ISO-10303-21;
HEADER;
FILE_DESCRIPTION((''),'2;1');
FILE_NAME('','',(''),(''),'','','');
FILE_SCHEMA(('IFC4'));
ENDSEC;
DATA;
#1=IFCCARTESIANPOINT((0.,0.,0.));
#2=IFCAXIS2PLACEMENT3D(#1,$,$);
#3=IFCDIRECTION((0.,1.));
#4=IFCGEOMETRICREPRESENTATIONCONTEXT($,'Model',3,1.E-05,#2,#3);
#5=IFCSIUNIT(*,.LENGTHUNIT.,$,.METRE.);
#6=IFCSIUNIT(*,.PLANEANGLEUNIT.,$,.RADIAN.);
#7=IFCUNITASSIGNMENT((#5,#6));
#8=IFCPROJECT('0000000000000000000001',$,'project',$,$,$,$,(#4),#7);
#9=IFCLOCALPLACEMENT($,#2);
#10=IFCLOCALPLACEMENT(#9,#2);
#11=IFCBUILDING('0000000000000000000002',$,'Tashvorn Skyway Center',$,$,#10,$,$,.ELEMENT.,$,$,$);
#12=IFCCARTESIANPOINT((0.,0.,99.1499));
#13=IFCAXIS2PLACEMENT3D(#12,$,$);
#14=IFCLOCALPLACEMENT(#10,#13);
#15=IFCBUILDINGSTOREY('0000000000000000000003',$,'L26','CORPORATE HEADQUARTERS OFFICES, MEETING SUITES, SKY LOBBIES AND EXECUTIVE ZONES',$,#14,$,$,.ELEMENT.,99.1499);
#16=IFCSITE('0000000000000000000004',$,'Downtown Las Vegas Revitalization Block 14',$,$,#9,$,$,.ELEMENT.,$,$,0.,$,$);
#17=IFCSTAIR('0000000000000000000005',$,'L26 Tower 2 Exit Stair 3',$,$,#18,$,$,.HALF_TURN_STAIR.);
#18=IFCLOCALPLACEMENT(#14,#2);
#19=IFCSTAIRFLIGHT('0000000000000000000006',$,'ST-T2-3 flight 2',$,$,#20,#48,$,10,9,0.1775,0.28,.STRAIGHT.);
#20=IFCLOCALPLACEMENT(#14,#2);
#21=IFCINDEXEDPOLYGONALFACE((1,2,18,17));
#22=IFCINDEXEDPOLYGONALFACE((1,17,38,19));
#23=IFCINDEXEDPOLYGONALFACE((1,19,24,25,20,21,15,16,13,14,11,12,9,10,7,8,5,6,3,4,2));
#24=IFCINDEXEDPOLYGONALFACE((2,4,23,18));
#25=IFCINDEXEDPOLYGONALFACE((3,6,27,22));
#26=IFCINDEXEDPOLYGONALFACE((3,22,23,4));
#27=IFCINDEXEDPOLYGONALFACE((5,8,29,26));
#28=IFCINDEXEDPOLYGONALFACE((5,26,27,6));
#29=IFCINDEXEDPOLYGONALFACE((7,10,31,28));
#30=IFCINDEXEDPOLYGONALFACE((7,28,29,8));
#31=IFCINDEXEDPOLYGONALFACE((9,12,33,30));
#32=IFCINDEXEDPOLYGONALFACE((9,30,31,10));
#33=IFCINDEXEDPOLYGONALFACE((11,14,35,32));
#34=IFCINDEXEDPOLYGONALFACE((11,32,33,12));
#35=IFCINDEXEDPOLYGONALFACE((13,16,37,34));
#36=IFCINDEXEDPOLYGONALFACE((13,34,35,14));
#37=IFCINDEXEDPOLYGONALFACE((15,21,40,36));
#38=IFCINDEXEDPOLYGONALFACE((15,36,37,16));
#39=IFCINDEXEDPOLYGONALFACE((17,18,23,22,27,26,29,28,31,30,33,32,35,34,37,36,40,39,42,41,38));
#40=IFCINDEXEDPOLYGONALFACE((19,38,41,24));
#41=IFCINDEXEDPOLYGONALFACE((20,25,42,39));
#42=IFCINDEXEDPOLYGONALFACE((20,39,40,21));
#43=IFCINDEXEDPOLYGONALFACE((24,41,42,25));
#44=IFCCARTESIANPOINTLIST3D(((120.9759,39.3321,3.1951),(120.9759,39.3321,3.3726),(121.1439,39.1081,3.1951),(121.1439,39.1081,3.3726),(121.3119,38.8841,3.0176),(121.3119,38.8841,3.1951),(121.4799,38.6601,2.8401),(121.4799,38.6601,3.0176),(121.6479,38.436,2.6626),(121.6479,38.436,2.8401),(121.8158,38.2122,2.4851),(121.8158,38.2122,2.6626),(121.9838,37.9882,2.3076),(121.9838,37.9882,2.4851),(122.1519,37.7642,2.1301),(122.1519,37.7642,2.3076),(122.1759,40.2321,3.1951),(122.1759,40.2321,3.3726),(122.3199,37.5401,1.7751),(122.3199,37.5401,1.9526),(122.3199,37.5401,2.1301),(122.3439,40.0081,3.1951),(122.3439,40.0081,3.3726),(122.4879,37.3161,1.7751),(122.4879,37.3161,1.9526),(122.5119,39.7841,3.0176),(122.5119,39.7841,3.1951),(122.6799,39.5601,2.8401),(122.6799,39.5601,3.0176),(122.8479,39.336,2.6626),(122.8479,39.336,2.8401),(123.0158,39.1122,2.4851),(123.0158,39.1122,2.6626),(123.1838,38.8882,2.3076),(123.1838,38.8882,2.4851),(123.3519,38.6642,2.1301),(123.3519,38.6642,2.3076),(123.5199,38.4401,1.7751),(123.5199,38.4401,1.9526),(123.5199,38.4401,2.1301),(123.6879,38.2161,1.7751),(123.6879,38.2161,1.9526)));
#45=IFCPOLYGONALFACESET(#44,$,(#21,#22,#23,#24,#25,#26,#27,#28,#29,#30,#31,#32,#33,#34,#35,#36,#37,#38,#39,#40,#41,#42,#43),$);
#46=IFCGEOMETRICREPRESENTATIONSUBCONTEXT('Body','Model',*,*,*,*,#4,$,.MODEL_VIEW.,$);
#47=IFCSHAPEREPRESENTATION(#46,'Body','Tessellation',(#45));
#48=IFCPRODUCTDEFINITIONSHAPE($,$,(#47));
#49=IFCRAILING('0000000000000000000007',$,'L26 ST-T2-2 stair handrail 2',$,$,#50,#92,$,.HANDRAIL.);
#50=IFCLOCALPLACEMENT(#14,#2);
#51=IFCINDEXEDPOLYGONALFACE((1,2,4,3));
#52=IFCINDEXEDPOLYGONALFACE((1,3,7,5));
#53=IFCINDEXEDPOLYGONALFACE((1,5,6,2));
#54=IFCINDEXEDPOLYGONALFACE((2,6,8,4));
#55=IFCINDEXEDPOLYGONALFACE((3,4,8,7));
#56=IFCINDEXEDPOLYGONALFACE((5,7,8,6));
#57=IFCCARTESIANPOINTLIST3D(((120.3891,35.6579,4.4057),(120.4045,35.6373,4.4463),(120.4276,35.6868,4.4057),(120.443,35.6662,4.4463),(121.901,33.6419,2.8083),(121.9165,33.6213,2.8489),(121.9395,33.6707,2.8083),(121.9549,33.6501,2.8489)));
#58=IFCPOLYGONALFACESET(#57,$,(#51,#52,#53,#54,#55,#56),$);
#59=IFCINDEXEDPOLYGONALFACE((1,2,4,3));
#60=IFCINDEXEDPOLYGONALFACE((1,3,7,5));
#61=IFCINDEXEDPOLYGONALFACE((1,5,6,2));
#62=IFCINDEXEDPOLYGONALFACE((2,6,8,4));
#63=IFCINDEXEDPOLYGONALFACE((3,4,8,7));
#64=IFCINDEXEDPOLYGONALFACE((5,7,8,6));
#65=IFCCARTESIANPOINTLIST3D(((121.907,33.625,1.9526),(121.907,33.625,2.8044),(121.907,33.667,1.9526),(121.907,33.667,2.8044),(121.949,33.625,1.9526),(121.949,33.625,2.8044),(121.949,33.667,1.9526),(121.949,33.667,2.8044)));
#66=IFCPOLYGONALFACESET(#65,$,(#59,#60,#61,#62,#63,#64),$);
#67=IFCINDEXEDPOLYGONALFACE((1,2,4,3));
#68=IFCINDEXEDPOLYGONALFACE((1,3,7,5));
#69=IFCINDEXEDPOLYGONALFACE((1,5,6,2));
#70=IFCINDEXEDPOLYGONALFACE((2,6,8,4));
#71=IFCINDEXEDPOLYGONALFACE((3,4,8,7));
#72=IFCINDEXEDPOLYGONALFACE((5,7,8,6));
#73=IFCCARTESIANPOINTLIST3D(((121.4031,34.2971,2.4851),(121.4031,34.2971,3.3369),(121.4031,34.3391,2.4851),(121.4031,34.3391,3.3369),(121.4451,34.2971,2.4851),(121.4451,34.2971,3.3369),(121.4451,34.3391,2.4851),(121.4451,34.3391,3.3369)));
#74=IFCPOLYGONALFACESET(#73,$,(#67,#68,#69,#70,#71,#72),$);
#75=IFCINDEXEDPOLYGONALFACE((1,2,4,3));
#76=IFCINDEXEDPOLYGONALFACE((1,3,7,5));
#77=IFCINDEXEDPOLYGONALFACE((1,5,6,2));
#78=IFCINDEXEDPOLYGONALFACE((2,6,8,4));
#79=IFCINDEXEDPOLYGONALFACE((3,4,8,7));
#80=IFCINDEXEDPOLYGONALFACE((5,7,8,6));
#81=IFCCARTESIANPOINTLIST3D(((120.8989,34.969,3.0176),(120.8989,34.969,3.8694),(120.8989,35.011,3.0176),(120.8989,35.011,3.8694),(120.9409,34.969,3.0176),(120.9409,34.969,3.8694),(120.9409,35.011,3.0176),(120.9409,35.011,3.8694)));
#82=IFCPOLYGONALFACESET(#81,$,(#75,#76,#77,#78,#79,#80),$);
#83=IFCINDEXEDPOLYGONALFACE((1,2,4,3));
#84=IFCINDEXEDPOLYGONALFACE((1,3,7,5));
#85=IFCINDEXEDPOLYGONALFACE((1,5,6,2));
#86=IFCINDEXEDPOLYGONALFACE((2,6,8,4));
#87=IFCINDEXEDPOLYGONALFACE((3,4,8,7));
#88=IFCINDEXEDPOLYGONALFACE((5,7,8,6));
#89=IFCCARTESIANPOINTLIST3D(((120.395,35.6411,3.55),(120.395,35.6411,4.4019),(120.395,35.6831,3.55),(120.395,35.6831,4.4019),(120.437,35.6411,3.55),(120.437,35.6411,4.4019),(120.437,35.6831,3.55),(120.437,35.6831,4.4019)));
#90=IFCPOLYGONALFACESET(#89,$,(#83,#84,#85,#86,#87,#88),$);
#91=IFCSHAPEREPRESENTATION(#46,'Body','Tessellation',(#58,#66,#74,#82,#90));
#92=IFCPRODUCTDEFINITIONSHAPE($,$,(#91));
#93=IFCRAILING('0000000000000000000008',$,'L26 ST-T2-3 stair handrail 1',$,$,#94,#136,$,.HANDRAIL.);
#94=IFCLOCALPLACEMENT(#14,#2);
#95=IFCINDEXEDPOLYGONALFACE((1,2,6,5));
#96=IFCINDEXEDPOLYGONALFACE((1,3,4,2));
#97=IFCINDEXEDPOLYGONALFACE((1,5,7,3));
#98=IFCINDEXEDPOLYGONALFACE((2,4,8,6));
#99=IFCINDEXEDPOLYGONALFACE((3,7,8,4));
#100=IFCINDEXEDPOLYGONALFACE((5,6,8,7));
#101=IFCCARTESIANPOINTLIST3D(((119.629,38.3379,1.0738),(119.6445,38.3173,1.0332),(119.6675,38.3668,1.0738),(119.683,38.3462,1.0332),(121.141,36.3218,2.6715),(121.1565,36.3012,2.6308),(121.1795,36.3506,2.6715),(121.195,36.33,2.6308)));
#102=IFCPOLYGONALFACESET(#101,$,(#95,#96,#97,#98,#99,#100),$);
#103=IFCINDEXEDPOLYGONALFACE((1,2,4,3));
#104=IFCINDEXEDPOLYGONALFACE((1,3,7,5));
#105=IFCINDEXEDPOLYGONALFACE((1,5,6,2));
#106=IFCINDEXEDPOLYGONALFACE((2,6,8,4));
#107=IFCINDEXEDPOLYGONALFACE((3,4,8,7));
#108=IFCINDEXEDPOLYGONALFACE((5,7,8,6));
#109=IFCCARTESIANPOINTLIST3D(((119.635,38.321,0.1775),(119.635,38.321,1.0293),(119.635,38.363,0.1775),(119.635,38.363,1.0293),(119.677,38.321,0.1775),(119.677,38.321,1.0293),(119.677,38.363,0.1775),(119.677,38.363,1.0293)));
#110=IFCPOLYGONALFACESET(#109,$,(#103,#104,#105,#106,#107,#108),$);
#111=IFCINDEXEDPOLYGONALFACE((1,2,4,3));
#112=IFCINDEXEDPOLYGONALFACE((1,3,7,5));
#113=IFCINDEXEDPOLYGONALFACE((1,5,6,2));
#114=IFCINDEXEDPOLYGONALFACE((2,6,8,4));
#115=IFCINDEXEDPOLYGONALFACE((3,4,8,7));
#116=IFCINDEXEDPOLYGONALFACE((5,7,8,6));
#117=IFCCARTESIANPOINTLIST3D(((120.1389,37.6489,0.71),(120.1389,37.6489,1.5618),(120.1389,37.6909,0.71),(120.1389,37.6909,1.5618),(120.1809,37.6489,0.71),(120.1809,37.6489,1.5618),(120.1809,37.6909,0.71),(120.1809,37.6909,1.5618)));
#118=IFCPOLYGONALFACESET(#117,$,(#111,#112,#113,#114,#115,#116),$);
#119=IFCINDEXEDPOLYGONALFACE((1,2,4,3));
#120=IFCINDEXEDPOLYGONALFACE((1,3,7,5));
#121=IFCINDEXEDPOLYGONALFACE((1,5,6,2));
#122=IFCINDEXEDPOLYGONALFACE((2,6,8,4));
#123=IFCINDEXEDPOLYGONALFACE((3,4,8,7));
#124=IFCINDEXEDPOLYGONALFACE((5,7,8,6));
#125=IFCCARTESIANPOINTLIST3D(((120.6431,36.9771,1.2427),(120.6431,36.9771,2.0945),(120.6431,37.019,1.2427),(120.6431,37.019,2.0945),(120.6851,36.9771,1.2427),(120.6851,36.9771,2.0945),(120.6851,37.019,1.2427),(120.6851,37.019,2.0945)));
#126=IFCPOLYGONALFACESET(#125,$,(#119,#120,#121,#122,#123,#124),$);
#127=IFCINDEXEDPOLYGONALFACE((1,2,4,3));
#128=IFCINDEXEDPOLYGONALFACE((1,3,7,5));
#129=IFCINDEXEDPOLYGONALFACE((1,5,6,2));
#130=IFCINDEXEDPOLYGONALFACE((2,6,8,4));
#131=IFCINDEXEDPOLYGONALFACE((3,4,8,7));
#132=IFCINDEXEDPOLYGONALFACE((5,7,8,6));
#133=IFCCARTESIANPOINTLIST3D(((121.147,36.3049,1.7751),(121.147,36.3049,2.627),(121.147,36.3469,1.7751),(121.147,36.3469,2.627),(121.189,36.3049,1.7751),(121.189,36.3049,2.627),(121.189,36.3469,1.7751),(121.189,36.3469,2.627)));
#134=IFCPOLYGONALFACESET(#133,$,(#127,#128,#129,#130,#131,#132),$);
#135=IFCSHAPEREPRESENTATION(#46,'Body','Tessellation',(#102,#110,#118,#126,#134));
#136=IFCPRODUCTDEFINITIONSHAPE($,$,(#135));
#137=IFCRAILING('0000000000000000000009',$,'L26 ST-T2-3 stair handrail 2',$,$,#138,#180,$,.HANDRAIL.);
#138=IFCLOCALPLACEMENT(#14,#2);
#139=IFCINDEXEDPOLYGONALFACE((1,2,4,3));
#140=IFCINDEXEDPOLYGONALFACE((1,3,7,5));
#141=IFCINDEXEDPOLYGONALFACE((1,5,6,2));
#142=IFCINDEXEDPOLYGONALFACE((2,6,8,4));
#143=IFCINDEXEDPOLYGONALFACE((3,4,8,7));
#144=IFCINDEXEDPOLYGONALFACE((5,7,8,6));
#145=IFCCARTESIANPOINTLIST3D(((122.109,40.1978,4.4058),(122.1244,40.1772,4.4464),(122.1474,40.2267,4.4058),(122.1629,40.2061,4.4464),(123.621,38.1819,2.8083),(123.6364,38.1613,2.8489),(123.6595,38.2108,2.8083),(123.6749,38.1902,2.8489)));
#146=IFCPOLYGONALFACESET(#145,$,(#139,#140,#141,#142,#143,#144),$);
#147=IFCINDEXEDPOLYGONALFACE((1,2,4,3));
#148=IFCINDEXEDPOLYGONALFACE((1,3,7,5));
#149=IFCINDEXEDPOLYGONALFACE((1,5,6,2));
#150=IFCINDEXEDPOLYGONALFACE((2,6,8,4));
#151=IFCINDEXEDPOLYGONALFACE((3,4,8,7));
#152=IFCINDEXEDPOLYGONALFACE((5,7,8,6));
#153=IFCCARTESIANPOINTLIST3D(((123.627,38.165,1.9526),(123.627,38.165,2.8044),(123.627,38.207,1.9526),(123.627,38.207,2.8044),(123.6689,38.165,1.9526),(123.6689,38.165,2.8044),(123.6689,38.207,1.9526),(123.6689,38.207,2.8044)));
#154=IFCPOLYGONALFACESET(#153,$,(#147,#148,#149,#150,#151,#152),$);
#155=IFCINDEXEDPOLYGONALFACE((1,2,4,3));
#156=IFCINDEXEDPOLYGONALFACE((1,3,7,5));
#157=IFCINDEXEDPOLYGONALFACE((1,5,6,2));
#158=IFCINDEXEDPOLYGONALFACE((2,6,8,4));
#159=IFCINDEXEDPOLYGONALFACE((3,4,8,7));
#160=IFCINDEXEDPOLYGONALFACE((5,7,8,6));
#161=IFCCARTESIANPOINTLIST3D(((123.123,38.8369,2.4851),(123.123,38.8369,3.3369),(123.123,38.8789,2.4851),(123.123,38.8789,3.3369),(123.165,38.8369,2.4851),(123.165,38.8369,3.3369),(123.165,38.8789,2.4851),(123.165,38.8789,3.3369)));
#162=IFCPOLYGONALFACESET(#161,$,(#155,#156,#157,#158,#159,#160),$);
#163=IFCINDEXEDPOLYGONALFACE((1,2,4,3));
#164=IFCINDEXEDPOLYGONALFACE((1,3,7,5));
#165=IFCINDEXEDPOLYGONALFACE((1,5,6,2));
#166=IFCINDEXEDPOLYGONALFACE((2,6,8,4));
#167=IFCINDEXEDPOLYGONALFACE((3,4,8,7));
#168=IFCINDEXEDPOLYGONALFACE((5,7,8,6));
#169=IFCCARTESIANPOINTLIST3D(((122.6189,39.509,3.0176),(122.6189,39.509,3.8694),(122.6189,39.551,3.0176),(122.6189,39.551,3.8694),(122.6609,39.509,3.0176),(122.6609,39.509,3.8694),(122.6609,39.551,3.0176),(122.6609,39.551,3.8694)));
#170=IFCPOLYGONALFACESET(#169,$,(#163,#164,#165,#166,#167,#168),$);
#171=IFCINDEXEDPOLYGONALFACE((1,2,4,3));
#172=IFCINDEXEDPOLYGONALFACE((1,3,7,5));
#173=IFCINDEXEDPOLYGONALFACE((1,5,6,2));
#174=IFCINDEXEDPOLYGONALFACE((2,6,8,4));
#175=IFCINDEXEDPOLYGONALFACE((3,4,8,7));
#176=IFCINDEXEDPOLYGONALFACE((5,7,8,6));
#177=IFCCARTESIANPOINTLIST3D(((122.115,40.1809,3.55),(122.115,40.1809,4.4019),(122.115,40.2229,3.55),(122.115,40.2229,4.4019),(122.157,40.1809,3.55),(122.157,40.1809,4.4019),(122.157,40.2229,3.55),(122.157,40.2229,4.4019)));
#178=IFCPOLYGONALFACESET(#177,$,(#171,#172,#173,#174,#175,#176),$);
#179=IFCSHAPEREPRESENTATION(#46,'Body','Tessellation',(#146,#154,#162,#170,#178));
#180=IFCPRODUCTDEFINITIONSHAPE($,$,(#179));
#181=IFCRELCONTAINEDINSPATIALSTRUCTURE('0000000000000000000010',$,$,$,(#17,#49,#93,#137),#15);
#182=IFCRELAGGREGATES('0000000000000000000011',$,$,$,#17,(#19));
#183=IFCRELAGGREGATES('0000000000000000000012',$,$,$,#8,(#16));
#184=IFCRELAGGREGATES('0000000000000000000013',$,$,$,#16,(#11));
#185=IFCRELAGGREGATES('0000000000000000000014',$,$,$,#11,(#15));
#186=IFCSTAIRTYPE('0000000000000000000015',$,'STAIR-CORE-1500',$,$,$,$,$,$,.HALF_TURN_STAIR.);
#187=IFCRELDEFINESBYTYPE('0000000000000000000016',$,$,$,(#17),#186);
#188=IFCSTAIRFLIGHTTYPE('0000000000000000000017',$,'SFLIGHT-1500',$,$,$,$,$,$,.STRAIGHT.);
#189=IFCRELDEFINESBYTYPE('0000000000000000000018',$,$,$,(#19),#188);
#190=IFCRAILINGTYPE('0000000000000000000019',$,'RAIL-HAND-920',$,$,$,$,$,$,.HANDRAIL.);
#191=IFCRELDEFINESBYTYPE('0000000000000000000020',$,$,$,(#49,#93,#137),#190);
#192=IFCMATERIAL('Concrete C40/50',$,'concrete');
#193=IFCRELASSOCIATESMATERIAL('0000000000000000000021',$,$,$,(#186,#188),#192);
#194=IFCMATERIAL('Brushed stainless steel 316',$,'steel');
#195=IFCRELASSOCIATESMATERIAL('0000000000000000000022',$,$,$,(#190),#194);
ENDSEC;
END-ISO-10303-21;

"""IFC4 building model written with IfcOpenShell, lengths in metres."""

from ifc_helpers import new_model, si_unit, direction, frame, origin, origin_2d, place, context, subcontext, project, spatial, polyline, rectangle, outline, extrude, material, type_object, element, aggregate, save


model = new_model("IFC4")

# Units and contexts
model_context = context("Model", 3, precision=1e-05, world=origin(), true_north=direction((0.0, 1.0)))
body_context = subcontext(model_context, "Body", "Model", "MODEL_VIEW")
ifc_project = project(units=[si_unit("LENGTHUNIT", "METRE"), si_unit("PLANEANGLEUNIT", "RADIAN")], contexts=[model_context])

# Site, building, storey
site_placement = place(None, origin())
site = spatial("IfcSite", under=ifc_project, at=site_placement, Name="Downtown Las Vegas Revitalization Block 14", CompositionType="ELEMENT", RefElevation=0.0)
building_placement = place(site_placement, origin())
building = spatial("IfcBuilding", under=site, at=building_placement, Name="Tashvorn Skyway Center", CompositionType="ELEMENT")
storey_placement = place(building_placement, frame((0.0, 0.0, 99.1499)))
storey = spatial("IfcBuildingStorey", under=building, at=storey_placement, Name="L26", Description="CORPORATE HEADQUARTERS OFFICES, MEETING SUITES, SKY LOBBIES AND EXECUTIVE ZONES", CompositionType="ELEMENT", Elevation=99.1499)

# Shared definitions
ifc_material_1 = material(Name="Concrete C40/50", Category="concrete")

# Shared definitions
stair_type = type_object("IfcStairType", Name="STAIR-CORE-1500", PredefinedType="HALF_TURN_STAIR", material=ifc_material_1)
stair_flight_type = type_object("IfcStairFlightType", Name="SFLIGHT-1500", PredefinedType="STRAIGHT", material=ifc_material_1)

# Stair, stair flight
stair_1_placement = place(storey_placement, origin())
stair_1 = element("IfcStair", 1, at=stair_1_placement, inside=storey, type_object=stair_type, Name="L26 Tower 2 Exit Stair 3", PredefinedType="HALF_TURN_STAIR")
stair_flight_1_placement = place(storey_placement, frame((123.0879, 37.7661, 1.7751), z_axis=(0.0, 0.0, 1.0), x_axis=(-0.6, 0.8, 0.0)))
stair_flight_1 = element("IfcStairFlight", 2, at=stair_flight_1_placement, type_object=stair_flight_type, Name="ST-T2-3 flight 2", NumberOfRisers=10, NumberOfTreads=9, PredefinedType="STRAIGHT", RiserHeight=0.1775, TreadLength=0.28, context=body_context, shape_type="SweptSolid", body=[
    extrude(outline(polyline([(0.0, 0.0), (0.0, 0.1775), (0.28, 0.1775), (0.28, 0.355), (0.5601, 0.355), (0.5601, 0.5325), (0.8401, 0.5325), (0.8401, 0.71), (1.1201, 0.71), (1.1201, 0.8875), (1.3999, 0.8875), (1.3999, 1.0649), (1.6799, 1.0649), (1.6799, 1.2424), (1.96, 1.2424), (1.96, 1.4199), (2.24, 1.4199), (2.24, 1.5974), (2.52, 1.5974), (2.52, 1.7749), (2.52, 1.4199), (0.28, 0.0), (0.0, 0.0)])), frame((0.0, 0.75, 0.0), z_axis=(0.0, -1.0, 0.0), x_axis=(1.0, 0.0, 0.0)), (0.0, 0.0, 1.0), 1.5),
])
aggregate(stair_1, [stair_flight_1])

# Railings
ifc_material_2 = material(Name="Brushed stainless steel 316", Category="steel")
railing_type_1 = type_object("IfcRailingType", Name="RAIL-HAND-920", PredefinedType="HANDRAIL", material=ifc_material_2)
railing_1_placement = place(storey_placement, frame((121.928, 33.646, 1.9526)))
element("IfcRailing", 3, at=railing_1_placement, inside=storey, type_object=railing_type_1, Name="L26 ST-T2-2 stair handrail 2", PredefinedType="HANDRAIL", context=body_context, shape_type="SweptSolid", body=[
    extrude(rectangle(XDim=0.0481, YDim=0.0481, at=origin_2d()), frame((0.0, 0.0, 0.876), z_axis=(-0.506741, 0.675709, 0.535379), x_axis=(-0.800023, -0.599969, 0.0)), (0.0, 0.0, 1.0), 2.9836),
    extrude(rectangle(XDim=0.042, YDim=0.042, at=origin_2d()), origin(), (0.0, 0.0, 1.0), 0.8518),
    extrude(rectangle(XDim=0.042, YDim=0.042, at=origin_2d()), frame((-0.5039, 0.6721, 0.5325)), (0.0, 0.0, 1.0), 0.8518),
    extrude(rectangle(XDim=0.042, YDim=0.042, at=origin_2d()), frame((-1.0081, 1.344, 1.0649)), (0.0, 0.0, 1.0), 0.8518),
    extrude(rectangle(XDim=0.042, YDim=0.042, at=origin_2d()), frame((-1.512, 2.0161, 1.5974)), (0.0, 0.0, 1.0), 0.8518),
])
railing_2_placement = place(storey_placement, frame((119.656, 38.342, 0.1775)))
element("IfcRailing", 4, at=railing_2_placement, inside=storey, type_object=railing_type_1, Name="L26 ST-T2-3 stair handrail 1", PredefinedType="HANDRAIL", context=body_context, shape_type="SweptSolid", body=[
    extrude(rectangle(XDim=0.0481, YDim=0.0481, at=origin_2d()), frame((0.0, 0.0, 0.876), z_axis=(0.506719, -0.675679, 0.535438), x_axis=(0.800023, 0.599969, 0.0)), (0.0, 0.0, 1.0), 2.9839),
    extrude(rectangle(XDim=0.042, YDim=0.042, at=origin_2d()), origin(), (0.0, 0.0, 1.0), 0.8518),
    extrude(rectangle(XDim=0.042, YDim=0.042, at=origin_2d()), frame((0.5039, -0.6721, 0.5325)), (0.0, 0.0, 1.0), 0.8518),
    extrude(rectangle(XDim=0.042, YDim=0.042, at=origin_2d()), frame((1.0081, -1.344, 1.0652)), (0.0, 0.0, 1.0), 0.8518),
    extrude(rectangle(XDim=0.042, YDim=0.042, at=origin_2d()), frame((1.512, -2.0161, 1.5977)), (0.0, 0.0, 1.0), 0.8518),
])
railing_3_placement = place(storey_placement, frame((123.6479, 38.186, 1.9526)))
element("IfcRailing", 5, at=railing_3_placement, inside=storey, type_object=railing_type_1, Name="L26 ST-T2-3 stair handrail 2", PredefinedType="HANDRAIL", context=body_context, shape_type="SweptSolid", body=[
    extrude(rectangle(XDim=0.0481, YDim=0.0481, at=origin_2d()), frame((0.0, 0.0, 0.876), z_axis=(-0.506769, 0.675664, 0.535409), x_axis=(-0.799988, -0.600016, 0.0)), (0.0, 0.0, 1.0), 2.9836),
    extrude(rectangle(XDim=0.042, YDim=0.042, at=origin_2d()), origin(), (0.0, 0.0, 1.0), 0.8518),
    extrude(rectangle(XDim=0.042, YDim=0.042, at=origin_2d()), frame((-0.5039, 0.6719, 0.5325)), (0.0, 0.0, 1.0), 0.8518),
    extrude(rectangle(XDim=0.042, YDim=0.042, at=origin_2d()), frame((-1.0081, 1.344, 1.0649)), (0.0, 0.0, 1.0), 0.8518),
    extrude(rectangle(XDim=0.042, YDim=0.042, at=origin_2d()), frame((-1.512, 2.0159, 1.5974)), (0.0, 0.0, 1.0), 0.8518),
])

save(model, "model.ifc")
